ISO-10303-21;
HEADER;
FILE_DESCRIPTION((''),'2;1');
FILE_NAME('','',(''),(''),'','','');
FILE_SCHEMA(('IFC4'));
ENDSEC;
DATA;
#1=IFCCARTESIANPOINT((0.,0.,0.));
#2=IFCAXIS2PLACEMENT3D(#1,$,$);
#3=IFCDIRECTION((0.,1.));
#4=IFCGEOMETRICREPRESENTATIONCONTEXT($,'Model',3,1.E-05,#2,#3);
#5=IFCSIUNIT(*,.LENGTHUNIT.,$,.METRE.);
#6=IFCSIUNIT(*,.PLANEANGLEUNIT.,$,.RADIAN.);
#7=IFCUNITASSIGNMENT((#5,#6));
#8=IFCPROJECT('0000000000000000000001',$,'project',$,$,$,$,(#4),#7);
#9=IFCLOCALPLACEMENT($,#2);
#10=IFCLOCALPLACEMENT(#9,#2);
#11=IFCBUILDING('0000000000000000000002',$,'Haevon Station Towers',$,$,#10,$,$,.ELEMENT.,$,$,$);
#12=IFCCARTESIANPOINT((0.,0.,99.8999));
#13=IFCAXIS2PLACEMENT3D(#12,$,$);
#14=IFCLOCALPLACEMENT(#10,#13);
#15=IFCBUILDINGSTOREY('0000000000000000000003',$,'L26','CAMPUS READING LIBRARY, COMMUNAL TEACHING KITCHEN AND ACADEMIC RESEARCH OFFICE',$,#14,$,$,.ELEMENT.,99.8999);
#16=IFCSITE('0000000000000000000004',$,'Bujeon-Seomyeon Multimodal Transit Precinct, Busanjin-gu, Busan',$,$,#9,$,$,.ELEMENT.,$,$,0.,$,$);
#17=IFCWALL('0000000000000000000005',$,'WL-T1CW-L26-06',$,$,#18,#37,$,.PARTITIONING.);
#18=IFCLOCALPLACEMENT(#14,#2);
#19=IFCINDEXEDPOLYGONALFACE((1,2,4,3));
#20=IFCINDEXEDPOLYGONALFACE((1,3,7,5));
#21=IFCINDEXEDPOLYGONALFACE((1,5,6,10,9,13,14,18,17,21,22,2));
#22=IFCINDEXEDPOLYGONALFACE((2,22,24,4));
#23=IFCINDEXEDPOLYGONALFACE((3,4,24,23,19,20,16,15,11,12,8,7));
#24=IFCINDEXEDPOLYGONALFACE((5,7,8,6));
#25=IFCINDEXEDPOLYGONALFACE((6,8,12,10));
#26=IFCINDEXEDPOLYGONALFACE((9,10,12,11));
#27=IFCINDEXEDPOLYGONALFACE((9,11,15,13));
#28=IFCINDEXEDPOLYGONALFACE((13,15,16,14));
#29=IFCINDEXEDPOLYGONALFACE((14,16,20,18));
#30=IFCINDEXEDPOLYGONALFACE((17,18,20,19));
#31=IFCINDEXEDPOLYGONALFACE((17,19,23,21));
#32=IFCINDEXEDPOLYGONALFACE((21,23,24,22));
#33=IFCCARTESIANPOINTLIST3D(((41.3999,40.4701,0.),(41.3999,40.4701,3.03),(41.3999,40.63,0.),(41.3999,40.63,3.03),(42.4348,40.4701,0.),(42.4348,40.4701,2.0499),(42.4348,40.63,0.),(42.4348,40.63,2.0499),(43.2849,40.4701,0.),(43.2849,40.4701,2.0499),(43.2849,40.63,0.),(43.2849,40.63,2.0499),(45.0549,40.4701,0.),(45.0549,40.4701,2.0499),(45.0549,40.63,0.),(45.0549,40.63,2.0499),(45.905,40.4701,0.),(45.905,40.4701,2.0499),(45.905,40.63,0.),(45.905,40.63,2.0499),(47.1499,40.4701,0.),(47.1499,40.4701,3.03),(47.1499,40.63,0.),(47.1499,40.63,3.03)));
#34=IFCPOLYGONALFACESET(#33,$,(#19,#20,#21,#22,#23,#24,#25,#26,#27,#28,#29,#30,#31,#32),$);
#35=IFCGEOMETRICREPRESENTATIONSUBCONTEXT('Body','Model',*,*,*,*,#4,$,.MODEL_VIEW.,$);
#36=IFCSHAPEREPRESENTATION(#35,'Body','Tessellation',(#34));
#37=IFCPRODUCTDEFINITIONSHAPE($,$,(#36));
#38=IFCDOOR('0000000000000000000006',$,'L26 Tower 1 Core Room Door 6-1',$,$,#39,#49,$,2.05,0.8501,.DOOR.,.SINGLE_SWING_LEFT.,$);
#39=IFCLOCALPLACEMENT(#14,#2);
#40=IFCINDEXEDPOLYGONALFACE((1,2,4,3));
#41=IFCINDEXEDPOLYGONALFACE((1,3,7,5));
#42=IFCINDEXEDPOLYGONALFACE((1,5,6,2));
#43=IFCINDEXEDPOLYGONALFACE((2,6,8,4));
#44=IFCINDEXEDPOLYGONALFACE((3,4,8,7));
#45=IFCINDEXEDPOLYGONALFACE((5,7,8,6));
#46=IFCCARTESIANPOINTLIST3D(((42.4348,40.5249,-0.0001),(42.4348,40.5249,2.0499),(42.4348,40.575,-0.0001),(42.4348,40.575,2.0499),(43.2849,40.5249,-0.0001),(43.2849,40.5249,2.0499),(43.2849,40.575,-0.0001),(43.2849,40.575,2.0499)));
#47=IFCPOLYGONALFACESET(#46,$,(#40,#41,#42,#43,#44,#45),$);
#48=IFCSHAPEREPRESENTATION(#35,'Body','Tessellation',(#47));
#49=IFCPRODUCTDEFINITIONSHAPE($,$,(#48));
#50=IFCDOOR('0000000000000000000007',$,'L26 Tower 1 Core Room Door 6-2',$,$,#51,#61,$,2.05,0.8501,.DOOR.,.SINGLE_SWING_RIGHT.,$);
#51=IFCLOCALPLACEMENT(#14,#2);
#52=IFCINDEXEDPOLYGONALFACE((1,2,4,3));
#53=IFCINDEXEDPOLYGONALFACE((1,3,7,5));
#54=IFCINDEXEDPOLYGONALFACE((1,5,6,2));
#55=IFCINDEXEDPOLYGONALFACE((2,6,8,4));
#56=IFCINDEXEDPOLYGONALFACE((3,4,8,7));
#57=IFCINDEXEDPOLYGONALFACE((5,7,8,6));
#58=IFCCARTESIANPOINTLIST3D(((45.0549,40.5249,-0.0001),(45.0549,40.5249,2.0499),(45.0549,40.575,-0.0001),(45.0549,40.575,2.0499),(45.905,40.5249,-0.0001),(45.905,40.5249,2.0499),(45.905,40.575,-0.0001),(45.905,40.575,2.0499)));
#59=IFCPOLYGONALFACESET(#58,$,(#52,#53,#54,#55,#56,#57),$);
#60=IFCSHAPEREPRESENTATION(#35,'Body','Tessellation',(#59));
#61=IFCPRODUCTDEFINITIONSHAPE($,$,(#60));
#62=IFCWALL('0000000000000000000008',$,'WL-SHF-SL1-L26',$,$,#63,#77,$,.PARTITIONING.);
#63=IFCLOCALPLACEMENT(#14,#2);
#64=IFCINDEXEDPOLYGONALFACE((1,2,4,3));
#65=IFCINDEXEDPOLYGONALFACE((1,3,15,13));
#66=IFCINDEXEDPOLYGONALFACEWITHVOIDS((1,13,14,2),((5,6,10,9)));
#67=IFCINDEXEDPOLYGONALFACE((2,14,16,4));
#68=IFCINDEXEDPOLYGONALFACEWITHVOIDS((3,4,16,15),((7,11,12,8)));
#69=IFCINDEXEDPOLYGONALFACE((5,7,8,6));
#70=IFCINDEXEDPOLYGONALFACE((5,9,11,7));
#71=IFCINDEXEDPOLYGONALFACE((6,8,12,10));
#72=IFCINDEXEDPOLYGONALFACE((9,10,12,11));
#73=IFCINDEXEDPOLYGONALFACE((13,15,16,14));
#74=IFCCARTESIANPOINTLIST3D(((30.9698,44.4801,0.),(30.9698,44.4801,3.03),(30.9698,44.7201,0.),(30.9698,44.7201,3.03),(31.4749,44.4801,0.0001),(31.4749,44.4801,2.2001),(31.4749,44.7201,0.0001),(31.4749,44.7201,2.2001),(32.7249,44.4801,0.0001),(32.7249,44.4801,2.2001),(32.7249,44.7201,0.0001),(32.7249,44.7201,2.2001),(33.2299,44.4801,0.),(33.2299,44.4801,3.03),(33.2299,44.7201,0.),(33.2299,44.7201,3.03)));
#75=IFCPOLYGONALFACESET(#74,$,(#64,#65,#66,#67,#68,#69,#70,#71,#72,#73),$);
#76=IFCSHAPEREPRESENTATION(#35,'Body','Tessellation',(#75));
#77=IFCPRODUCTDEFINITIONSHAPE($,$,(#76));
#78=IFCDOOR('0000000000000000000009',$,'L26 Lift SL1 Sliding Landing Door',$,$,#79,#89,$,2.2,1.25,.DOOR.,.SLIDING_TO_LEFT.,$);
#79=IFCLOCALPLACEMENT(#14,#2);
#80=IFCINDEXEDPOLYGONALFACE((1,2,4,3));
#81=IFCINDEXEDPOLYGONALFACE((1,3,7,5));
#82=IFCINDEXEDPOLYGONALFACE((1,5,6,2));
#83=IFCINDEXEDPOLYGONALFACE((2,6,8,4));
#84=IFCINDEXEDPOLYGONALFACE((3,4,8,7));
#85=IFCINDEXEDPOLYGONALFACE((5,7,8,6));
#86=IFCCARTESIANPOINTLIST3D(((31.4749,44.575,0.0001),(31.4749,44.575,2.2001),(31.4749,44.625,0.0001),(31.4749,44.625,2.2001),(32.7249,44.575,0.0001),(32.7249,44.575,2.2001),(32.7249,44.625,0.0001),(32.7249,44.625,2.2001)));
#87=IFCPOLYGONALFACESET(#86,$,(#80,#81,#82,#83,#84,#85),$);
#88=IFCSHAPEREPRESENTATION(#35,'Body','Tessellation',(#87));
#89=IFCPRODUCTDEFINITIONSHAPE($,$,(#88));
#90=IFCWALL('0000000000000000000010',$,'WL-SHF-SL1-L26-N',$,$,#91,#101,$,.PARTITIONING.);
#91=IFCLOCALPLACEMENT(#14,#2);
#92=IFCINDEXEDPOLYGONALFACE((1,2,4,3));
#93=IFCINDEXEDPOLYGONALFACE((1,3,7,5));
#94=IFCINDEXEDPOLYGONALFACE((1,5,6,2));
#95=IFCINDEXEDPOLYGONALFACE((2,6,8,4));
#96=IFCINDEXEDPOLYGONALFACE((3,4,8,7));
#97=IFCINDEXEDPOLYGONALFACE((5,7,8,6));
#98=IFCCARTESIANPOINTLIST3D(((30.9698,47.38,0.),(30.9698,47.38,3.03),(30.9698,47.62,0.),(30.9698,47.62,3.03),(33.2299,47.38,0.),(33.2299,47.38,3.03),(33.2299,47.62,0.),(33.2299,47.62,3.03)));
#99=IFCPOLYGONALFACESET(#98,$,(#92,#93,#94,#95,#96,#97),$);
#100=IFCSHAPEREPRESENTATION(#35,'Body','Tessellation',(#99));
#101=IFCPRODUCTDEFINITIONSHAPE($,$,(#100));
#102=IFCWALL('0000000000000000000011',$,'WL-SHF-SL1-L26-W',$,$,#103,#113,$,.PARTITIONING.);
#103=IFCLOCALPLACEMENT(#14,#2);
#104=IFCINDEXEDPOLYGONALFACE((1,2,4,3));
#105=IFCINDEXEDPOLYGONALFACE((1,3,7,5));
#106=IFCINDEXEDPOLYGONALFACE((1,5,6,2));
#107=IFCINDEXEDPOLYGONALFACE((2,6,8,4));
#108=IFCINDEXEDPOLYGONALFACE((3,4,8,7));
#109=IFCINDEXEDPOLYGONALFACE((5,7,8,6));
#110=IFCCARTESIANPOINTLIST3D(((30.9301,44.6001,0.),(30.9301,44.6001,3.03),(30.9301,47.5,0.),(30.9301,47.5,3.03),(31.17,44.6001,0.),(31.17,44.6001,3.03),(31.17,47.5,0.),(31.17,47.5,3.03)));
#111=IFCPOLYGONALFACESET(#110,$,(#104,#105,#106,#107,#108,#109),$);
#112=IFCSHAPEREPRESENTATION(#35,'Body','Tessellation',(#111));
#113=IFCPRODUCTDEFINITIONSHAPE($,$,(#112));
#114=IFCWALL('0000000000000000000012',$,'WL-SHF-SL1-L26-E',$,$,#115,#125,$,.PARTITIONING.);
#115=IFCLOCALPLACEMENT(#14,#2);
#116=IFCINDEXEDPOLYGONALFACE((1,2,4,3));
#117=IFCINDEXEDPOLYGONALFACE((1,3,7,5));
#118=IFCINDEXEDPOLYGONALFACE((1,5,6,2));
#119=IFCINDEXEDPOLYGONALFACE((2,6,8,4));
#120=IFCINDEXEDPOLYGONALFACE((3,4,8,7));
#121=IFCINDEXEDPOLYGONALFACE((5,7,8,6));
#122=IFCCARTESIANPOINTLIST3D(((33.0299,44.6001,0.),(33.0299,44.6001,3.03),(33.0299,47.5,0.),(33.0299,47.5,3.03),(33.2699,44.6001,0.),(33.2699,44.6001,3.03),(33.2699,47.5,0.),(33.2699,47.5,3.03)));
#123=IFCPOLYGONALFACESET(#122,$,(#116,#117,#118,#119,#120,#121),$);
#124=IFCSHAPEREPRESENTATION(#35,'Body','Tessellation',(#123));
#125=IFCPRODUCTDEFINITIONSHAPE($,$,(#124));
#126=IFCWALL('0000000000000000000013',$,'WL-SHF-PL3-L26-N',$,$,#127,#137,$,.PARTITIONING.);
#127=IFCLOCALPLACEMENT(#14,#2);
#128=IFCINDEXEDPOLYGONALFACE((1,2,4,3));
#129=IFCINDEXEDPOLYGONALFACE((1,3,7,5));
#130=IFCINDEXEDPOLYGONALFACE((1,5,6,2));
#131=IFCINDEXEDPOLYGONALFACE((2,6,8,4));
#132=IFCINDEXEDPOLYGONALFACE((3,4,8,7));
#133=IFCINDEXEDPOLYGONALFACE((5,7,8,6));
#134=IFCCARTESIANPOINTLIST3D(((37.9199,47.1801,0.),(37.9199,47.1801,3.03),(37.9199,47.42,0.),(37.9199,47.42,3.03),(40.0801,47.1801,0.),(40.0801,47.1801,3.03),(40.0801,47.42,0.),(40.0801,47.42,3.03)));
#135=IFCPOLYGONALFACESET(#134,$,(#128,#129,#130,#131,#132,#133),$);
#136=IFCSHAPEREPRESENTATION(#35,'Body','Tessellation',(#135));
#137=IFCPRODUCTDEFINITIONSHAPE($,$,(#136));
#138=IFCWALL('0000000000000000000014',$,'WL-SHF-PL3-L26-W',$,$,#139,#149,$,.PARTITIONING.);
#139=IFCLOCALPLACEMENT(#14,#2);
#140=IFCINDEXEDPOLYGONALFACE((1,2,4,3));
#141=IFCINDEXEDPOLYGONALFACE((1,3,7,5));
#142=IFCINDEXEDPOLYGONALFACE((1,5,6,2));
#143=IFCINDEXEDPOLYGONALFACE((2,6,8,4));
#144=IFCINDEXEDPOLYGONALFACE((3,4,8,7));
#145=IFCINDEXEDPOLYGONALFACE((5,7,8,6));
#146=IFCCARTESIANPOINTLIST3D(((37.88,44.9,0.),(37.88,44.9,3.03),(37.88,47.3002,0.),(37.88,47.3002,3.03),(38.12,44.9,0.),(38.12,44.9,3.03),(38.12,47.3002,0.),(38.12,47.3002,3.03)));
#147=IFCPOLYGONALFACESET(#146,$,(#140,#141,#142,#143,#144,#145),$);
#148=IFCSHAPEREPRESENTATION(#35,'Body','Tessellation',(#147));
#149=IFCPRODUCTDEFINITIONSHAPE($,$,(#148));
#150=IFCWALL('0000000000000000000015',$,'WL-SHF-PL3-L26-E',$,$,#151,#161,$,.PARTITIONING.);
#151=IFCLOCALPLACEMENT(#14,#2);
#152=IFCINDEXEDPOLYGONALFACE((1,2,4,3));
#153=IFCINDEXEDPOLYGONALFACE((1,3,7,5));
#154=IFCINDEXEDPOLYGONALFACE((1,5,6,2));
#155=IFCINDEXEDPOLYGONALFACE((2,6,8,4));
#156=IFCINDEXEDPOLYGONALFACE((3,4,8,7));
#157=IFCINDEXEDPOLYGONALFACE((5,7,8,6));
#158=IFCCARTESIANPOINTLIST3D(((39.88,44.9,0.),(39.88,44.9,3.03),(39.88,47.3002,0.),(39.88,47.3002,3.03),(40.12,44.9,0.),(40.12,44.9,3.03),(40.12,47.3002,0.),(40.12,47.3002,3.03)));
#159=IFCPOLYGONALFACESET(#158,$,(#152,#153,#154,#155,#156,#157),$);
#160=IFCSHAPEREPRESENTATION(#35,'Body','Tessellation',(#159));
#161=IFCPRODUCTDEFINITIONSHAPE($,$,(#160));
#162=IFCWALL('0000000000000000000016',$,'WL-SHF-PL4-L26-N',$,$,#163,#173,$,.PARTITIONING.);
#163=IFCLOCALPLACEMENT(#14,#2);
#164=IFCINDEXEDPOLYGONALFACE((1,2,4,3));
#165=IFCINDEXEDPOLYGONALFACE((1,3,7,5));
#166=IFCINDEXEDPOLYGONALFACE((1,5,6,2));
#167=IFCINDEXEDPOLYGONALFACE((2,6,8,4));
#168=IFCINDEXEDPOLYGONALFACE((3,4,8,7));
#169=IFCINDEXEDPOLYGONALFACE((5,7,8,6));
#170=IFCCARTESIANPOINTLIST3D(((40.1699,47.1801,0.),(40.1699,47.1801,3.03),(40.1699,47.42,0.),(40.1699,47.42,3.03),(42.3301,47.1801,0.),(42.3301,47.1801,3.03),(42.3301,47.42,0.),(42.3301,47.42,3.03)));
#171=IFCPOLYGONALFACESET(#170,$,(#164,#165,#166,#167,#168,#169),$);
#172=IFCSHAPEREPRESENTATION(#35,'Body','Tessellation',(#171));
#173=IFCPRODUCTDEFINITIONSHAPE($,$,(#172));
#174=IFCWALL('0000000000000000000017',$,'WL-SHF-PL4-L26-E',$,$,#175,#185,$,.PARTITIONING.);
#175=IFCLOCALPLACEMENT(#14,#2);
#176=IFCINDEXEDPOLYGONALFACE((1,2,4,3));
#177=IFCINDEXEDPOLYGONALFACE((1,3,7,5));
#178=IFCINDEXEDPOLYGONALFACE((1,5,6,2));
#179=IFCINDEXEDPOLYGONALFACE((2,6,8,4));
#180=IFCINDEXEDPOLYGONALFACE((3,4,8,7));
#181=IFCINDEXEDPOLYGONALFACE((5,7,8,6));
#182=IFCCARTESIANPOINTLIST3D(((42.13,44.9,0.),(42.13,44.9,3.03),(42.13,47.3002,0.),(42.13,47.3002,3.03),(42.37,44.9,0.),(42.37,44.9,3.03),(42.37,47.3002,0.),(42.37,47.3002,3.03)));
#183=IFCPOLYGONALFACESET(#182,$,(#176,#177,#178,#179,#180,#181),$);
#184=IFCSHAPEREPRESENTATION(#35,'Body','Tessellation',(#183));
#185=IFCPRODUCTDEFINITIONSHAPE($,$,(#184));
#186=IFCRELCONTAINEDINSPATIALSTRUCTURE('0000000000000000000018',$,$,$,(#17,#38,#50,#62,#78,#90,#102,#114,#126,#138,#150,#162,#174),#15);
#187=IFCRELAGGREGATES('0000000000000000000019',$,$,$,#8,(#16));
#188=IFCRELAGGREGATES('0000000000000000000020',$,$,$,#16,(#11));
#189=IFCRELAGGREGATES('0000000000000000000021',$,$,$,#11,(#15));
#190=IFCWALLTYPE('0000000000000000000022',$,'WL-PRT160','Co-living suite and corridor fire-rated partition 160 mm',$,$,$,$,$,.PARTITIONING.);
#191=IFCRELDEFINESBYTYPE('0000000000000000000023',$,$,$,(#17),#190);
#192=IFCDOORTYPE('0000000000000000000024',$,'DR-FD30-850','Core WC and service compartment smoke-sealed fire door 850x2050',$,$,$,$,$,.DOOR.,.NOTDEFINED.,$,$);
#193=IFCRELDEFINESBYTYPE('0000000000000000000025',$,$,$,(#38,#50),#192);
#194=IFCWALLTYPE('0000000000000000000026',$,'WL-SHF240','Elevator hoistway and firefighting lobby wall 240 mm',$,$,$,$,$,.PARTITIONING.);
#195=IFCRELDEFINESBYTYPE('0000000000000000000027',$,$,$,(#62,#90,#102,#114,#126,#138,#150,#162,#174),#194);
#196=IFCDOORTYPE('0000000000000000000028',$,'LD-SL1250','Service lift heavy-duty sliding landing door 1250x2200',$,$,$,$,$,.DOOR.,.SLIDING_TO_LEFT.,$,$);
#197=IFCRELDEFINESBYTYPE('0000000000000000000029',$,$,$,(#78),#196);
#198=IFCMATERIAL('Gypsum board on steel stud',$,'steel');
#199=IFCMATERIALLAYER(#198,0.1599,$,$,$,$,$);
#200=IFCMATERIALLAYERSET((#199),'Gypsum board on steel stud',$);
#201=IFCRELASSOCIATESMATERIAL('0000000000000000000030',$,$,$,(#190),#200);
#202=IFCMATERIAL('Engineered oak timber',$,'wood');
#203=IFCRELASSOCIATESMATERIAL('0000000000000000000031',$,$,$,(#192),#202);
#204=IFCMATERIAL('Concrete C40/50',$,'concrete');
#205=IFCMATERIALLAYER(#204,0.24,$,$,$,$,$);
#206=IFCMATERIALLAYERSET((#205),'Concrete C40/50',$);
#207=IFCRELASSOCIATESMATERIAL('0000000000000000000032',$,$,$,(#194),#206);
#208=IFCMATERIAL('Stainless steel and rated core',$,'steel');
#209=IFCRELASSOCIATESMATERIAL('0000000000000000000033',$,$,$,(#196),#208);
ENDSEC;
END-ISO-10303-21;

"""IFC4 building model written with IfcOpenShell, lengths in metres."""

from ifc_helpers import new_model, si_unit, direction, frame, frame_2d, origin, place, context, subcontext, project, spatial, rectangle, extrude, material, layer, layer_set, type_object, element, fill, save


model = new_model("IFC4")

# Units and contexts
model_context = context("Model", 3, precision=1e-05, world=origin(), true_north=direction((0.0, 1.0)))
body_context = subcontext(model_context, "Body", "Model", "MODEL_VIEW")
ifc_project = project(units=[si_unit("LENGTHUNIT", "METRE"), si_unit("PLANEANGLEUNIT", "RADIAN")], contexts=[model_context])

# Site, building, storey
site_placement = place(None, origin())
site = spatial("IfcSite", under=ifc_project, at=site_placement, Name="Bujeon-Seomyeon Multimodal Transit Precinct, Busanjin-gu, Busan", CompositionType="ELEMENT", RefElevation=0.0)
building_placement = place(site_placement, origin())
building = spatial("IfcBuilding", under=site, at=building_placement, Name="Haevon Station Towers", CompositionType="ELEMENT")
storey_placement = place(building_placement, frame((0.0, 0.0, 99.8999)))
storey = spatial("IfcBuildingStorey", under=building, at=storey_placement, Name="L26", Description="CAMPUS READING LIBRARY, COMMUNAL TEACHING KITCHEN AND ACADEMIC RESEARCH OFFICE", CompositionType="ELEMENT", Elevation=99.8999)

# Shared definitions
ifc_material_1 = material(Name="Gypsum board on steel stud", Category="steel")
ifc_layer_1 = layer(ifc_material_1, 0.1599)
ifc_layer_set_1 = layer_set([ifc_layer_1], Name="Gypsum board on steel stud")
wall_type_1 = type_object("IfcWallType", Name="WL-PRT160", Description="Co-living suite and corridor fire-rated partition 160 mm", PredefinedType="PARTITIONING", material=ifc_layer_set_1)
ifc_material_2 = material(Name="Engineered oak timber", Category="wood")

# Wall, openings, doors
wall_1_placement = place(storey_placement, frame((41.3999, 40.55, 0.0), z_axis=(0.0, 0.0, 1.0), x_axis=(1.0, 0.0, 0.0)))
wall_1 = element("IfcWall", 1, at=wall_1_placement, inside=storey, type_object=wall_type_1, Name="WL-T1CW-L26-06", PredefinedType="PARTITIONING", context=body_context, shape_type="SweptSolid", body=[
    extrude(rectangle(XDim=5.75, YDim=0.1599, at=frame_2d((2.875, 0.0))), origin(), (0.0, 0.0, 1.0), 3.03),
])
opening_1_placement = place(wall_1_placement, frame((1.0349, 0.0, 0.0)))
opening_1 = element("IfcOpeningElement", 2, at=opening_1_placement, cuts=wall_1, PredefinedType="OPENING", context=body_context, shape_type="SweptSolid", body=[
    extrude(rectangle(XDim=0.8501, YDim=2.05, at=frame_2d((0.425, 1.0249))), frame((0.0, 0.0898, 0.0), z_axis=(0.0, -1.0, 0.0), x_axis=(1.0, 0.0, 0.0)), (0.0, 0.0, 1.0), 0.1799),
])
opening_2_placement = place(wall_1_placement, frame((3.655, 0.0, 0.0)))
opening_2 = element("IfcOpeningElement", 3, at=opening_2_placement, cuts=wall_1, PredefinedType="OPENING", context=body_context, shape_type="SweptSolid", body=[
    extrude(rectangle(XDim=0.8501, YDim=2.05, at=frame_2d((0.425, 1.0249))), frame((0.0, 0.0898, 0.0), z_axis=(0.0, -1.0, 0.0), x_axis=(1.0, 0.0, 0.0)), (0.0, 0.0, 1.0), 0.1799),
])
door_type_1 = type_object("IfcDoorType", Name="DR-FD30-850", Description="Core WC and service compartment smoke-sealed fire door 850x2050", OperationType="NOTDEFINED", PredefinedType="DOOR", material=ifc_material_2)
door_1_placement = place(opening_1_placement, origin())
door_1 = element("IfcDoor", 4, at=door_1_placement, inside=storey, type_object=door_type_1, Name="L26 Tower 1 Core Room Door 6-1", OperationType="SINGLE_SWING_LEFT", OverallHeight=2.05, OverallWidth=0.8501, PredefinedType="DOOR", context=body_context, shape_type="SweptSolid", body=[
    extrude(rectangle(XDim=0.8501, YDim=2.05, at=frame_2d((0.425, 1.0249))), frame((0.0, 0.0249, 0.0), z_axis=(0.0, -1.0, 0.0), x_axis=(1.0, 0.0, 0.0)), (0.0, 0.0, 1.0), 0.05),
])
fill(opening_1, door_1)
door_2_placement = place(opening_2_placement, origin())
door_2 = element("IfcDoor", 5, at=door_2_placement, inside=storey, type_object=door_type_1, Name="L26 Tower 1 Core Room Door 6-2", OperationType="SINGLE_SWING_RIGHT", OverallHeight=2.05, OverallWidth=0.8501, PredefinedType="DOOR", context=body_context, shape_type="SweptSolid", body=[
    extrude(rectangle(XDim=0.8501, YDim=2.05, at=frame_2d((0.425, 1.0249))), frame((0.0, 0.0249, 0.0), z_axis=(0.0, -1.0, 0.0), x_axis=(1.0, 0.0, 0.0)), (0.0, 0.0, 1.0), 0.05),
])
fill(opening_2, door_2)

# Wall, opening, door
ifc_material_3 = material(Name="Concrete C40/50", Category="concrete")
ifc_layer_2 = layer(ifc_material_3, 0.24)
ifc_layer_set_2 = layer_set([ifc_layer_2], Name="Concrete C40/50")
wall_type_2 = type_object("IfcWallType", Name="WL-SHF240", Description="Elevator hoistway and firefighting lobby wall 240 mm", PredefinedType="PARTITIONING", material=ifc_layer_set_2)
wall_2_placement = place(storey_placement, frame((30.97, 44.6001, 0.0), z_axis=(0.0, 0.0, 1.0), x_axis=(1.0, 0.0, 0.0)))
wall_2 = element("IfcWall", 6, at=wall_2_placement, inside=storey, type_object=wall_type_2, Name="WL-SHF-SL1-L26", PredefinedType="PARTITIONING", context=body_context, shape_type="SweptSolid", body=[
    extrude(rectangle(XDim=2.26, YDim=0.24, at=frame_2d((1.1299, 0.0))), origin(), (0.0, 0.0, 1.0), 3.03),
])
opening_3_placement = place(wall_2_placement, frame((0.5049, 0.0, 0.0)))
opening_3 = element("IfcOpeningElement", 7, at=opening_3_placement, cuts=wall_2, PredefinedType="OPENING", context=body_context, shape_type="SweptSolid", body=[
    extrude(rectangle(XDim=1.25, YDim=2.2, at=frame_2d((0.625, 1.1001))), frame((0.0, 0.1299, 0.0), z_axis=(0.0, -1.0, 0.0), x_axis=(1.0, 0.0, 0.0)), (0.0, 0.0, 1.0), 0.26),
])
ifc_material_4 = material(Name="Stainless steel and rated core", Category="steel")
door_type_2 = type_object("IfcDoorType", Name="LD-SL1250", Description="Service lift heavy-duty sliding landing door 1250x2200", OperationType="SLIDING_TO_LEFT", PredefinedType="DOOR", material=ifc_material_4)
door_3_placement = place(opening_3_placement, origin())
door_3 = element("IfcDoor", 8, at=door_3_placement, inside=storey, type_object=door_type_2, Name="L26 Lift SL1 Sliding Landing Door", OperationType="SLIDING_TO_LEFT", OverallHeight=2.2, OverallWidth=1.25, PredefinedType="DOOR", context=body_context, shape_type="SweptSolid", body=[
    extrude(rectangle(XDim=1.25, YDim=2.2, at=frame_2d((0.625, 1.1001))), frame((0.0, 0.0249, 0.0), z_axis=(0.0, -1.0, 0.0), x_axis=(1.0, 0.0, 0.0)), (0.0, 0.0, 1.0), 0.05),
])
fill(opening_3, door_3)

# Walls
wall_3_placement = place(storey_placement, frame((30.97, 47.5, 0.0), z_axis=(0.0, 0.0, 1.0), x_axis=(1.0, 0.0, 0.0)))
element("IfcWall", 9, at=wall_3_placement, inside=storey, type_object=wall_type_2, Name="WL-SHF-SL1-L26-N", PredefinedType="PARTITIONING", context=body_context, shape_type="SweptSolid", body=[
    extrude(rectangle(XDim=2.26, YDim=0.24, at=frame_2d((1.1299, 0.0))), origin(), (0.0, 0.0, 1.0), 3.03),
])
for number, where, z_axis, x_axis, name in (
    (10, (31.05, 44.6001, 0.0), (0.0, 0.0, 1.0), (0.0, 1.0, 0.0), "WL-SHF-SL1-L26-W"),
    (11, (33.1499, 44.6001, 0.0), (0.0, 0.0, 1.0), (0.0, 1.0, 0.0), "WL-SHF-SL1-L26-E"),
):
    element("IfcWall", number, at=place(storey_placement, frame(where, z_axis=z_axis, x_axis=x_axis)), inside=storey, type_object=wall_type_2, Name=name, PredefinedType="PARTITIONING", context=body_context, shape_type="SweptSolid", body=[
        extrude(rectangle(XDim=2.8999, YDim=0.24, at=frame_2d((1.45, 0.0))), origin(), (0.0, 0.0, 1.0), 3.03),
    ])

# Walls
wall_4_placement = place(storey_placement, frame((37.9199, 47.3, 0.0), z_axis=(0.0, 0.0, 1.0), x_axis=(1.0, 0.0, 0.0)))
element("IfcWall", 12, at=wall_4_placement, inside=storey, type_object=wall_type_2, Name="WL-SHF-PL3-L26-N", PredefinedType="PARTITIONING", context=body_context, shape_type="SweptSolid", body=[
    extrude(rectangle(XDim=2.1602, YDim=0.24, at=frame_2d((1.0801, 0.0))), origin(), (0.0, 0.0, 1.0), 3.03),
])
for number, where, z_axis, x_axis, name in (
    (13, (38.0, 44.8999, 0.0), (0.0, 0.0, 1.0), (0.0, 1.0, 0.0), "WL-SHF-PL3-L26-W"),
    (14, (40.0, 44.8999, 0.0), (0.0, 0.0, 1.0), (0.0, 1.0, 0.0), "WL-SHF-PL3-L26-E"),
):
    element("IfcWall", number, at=place(storey_placement, frame(where, z_axis=z_axis, x_axis=x_axis)), inside=storey, type_object=wall_type_2, Name=name, PredefinedType="PARTITIONING", context=body_context, shape_type="SweptSolid", body=[
        extrude(rectangle(XDim=2.4001, YDim=0.24, at=frame_2d((1.2002, 0.0))), origin(), (0.0, 0.0, 1.0), 3.03),
    ])

# Walls
wall_5_placement = place(storey_placement, frame((40.1699, 47.3, 0.0), z_axis=(0.0, 0.0, 1.0), x_axis=(1.0, 0.0, 0.0)))
element("IfcWall", 15, at=wall_5_placement, inside=storey, type_object=wall_type_2, Name="WL-SHF-PL4-L26-N", PredefinedType="PARTITIONING", context=body_context, shape_type="SweptSolid", body=[
    extrude(rectangle(XDim=2.1602, YDim=0.24, at=frame_2d((1.0801, 0.0))), origin(), (0.0, 0.0, 1.0), 3.03),
])
wall_6_placement = place(storey_placement, frame((42.25, 44.8999, 0.0), z_axis=(0.0, 0.0, 1.0), x_axis=(0.0, 1.0, 0.0)))
element("IfcWall", 16, at=wall_6_placement, inside=storey, type_object=wall_type_2, Name="WL-SHF-PL4-L26-E", PredefinedType="PARTITIONING", context=body_context, shape_type="SweptSolid", body=[
    extrude(rectangle(XDim=2.4001, YDim=0.24, at=frame_2d((1.2002, 0.0))), origin(), (0.0, 0.0, 1.0), 3.03),
])

save(model, "model.ifc")
